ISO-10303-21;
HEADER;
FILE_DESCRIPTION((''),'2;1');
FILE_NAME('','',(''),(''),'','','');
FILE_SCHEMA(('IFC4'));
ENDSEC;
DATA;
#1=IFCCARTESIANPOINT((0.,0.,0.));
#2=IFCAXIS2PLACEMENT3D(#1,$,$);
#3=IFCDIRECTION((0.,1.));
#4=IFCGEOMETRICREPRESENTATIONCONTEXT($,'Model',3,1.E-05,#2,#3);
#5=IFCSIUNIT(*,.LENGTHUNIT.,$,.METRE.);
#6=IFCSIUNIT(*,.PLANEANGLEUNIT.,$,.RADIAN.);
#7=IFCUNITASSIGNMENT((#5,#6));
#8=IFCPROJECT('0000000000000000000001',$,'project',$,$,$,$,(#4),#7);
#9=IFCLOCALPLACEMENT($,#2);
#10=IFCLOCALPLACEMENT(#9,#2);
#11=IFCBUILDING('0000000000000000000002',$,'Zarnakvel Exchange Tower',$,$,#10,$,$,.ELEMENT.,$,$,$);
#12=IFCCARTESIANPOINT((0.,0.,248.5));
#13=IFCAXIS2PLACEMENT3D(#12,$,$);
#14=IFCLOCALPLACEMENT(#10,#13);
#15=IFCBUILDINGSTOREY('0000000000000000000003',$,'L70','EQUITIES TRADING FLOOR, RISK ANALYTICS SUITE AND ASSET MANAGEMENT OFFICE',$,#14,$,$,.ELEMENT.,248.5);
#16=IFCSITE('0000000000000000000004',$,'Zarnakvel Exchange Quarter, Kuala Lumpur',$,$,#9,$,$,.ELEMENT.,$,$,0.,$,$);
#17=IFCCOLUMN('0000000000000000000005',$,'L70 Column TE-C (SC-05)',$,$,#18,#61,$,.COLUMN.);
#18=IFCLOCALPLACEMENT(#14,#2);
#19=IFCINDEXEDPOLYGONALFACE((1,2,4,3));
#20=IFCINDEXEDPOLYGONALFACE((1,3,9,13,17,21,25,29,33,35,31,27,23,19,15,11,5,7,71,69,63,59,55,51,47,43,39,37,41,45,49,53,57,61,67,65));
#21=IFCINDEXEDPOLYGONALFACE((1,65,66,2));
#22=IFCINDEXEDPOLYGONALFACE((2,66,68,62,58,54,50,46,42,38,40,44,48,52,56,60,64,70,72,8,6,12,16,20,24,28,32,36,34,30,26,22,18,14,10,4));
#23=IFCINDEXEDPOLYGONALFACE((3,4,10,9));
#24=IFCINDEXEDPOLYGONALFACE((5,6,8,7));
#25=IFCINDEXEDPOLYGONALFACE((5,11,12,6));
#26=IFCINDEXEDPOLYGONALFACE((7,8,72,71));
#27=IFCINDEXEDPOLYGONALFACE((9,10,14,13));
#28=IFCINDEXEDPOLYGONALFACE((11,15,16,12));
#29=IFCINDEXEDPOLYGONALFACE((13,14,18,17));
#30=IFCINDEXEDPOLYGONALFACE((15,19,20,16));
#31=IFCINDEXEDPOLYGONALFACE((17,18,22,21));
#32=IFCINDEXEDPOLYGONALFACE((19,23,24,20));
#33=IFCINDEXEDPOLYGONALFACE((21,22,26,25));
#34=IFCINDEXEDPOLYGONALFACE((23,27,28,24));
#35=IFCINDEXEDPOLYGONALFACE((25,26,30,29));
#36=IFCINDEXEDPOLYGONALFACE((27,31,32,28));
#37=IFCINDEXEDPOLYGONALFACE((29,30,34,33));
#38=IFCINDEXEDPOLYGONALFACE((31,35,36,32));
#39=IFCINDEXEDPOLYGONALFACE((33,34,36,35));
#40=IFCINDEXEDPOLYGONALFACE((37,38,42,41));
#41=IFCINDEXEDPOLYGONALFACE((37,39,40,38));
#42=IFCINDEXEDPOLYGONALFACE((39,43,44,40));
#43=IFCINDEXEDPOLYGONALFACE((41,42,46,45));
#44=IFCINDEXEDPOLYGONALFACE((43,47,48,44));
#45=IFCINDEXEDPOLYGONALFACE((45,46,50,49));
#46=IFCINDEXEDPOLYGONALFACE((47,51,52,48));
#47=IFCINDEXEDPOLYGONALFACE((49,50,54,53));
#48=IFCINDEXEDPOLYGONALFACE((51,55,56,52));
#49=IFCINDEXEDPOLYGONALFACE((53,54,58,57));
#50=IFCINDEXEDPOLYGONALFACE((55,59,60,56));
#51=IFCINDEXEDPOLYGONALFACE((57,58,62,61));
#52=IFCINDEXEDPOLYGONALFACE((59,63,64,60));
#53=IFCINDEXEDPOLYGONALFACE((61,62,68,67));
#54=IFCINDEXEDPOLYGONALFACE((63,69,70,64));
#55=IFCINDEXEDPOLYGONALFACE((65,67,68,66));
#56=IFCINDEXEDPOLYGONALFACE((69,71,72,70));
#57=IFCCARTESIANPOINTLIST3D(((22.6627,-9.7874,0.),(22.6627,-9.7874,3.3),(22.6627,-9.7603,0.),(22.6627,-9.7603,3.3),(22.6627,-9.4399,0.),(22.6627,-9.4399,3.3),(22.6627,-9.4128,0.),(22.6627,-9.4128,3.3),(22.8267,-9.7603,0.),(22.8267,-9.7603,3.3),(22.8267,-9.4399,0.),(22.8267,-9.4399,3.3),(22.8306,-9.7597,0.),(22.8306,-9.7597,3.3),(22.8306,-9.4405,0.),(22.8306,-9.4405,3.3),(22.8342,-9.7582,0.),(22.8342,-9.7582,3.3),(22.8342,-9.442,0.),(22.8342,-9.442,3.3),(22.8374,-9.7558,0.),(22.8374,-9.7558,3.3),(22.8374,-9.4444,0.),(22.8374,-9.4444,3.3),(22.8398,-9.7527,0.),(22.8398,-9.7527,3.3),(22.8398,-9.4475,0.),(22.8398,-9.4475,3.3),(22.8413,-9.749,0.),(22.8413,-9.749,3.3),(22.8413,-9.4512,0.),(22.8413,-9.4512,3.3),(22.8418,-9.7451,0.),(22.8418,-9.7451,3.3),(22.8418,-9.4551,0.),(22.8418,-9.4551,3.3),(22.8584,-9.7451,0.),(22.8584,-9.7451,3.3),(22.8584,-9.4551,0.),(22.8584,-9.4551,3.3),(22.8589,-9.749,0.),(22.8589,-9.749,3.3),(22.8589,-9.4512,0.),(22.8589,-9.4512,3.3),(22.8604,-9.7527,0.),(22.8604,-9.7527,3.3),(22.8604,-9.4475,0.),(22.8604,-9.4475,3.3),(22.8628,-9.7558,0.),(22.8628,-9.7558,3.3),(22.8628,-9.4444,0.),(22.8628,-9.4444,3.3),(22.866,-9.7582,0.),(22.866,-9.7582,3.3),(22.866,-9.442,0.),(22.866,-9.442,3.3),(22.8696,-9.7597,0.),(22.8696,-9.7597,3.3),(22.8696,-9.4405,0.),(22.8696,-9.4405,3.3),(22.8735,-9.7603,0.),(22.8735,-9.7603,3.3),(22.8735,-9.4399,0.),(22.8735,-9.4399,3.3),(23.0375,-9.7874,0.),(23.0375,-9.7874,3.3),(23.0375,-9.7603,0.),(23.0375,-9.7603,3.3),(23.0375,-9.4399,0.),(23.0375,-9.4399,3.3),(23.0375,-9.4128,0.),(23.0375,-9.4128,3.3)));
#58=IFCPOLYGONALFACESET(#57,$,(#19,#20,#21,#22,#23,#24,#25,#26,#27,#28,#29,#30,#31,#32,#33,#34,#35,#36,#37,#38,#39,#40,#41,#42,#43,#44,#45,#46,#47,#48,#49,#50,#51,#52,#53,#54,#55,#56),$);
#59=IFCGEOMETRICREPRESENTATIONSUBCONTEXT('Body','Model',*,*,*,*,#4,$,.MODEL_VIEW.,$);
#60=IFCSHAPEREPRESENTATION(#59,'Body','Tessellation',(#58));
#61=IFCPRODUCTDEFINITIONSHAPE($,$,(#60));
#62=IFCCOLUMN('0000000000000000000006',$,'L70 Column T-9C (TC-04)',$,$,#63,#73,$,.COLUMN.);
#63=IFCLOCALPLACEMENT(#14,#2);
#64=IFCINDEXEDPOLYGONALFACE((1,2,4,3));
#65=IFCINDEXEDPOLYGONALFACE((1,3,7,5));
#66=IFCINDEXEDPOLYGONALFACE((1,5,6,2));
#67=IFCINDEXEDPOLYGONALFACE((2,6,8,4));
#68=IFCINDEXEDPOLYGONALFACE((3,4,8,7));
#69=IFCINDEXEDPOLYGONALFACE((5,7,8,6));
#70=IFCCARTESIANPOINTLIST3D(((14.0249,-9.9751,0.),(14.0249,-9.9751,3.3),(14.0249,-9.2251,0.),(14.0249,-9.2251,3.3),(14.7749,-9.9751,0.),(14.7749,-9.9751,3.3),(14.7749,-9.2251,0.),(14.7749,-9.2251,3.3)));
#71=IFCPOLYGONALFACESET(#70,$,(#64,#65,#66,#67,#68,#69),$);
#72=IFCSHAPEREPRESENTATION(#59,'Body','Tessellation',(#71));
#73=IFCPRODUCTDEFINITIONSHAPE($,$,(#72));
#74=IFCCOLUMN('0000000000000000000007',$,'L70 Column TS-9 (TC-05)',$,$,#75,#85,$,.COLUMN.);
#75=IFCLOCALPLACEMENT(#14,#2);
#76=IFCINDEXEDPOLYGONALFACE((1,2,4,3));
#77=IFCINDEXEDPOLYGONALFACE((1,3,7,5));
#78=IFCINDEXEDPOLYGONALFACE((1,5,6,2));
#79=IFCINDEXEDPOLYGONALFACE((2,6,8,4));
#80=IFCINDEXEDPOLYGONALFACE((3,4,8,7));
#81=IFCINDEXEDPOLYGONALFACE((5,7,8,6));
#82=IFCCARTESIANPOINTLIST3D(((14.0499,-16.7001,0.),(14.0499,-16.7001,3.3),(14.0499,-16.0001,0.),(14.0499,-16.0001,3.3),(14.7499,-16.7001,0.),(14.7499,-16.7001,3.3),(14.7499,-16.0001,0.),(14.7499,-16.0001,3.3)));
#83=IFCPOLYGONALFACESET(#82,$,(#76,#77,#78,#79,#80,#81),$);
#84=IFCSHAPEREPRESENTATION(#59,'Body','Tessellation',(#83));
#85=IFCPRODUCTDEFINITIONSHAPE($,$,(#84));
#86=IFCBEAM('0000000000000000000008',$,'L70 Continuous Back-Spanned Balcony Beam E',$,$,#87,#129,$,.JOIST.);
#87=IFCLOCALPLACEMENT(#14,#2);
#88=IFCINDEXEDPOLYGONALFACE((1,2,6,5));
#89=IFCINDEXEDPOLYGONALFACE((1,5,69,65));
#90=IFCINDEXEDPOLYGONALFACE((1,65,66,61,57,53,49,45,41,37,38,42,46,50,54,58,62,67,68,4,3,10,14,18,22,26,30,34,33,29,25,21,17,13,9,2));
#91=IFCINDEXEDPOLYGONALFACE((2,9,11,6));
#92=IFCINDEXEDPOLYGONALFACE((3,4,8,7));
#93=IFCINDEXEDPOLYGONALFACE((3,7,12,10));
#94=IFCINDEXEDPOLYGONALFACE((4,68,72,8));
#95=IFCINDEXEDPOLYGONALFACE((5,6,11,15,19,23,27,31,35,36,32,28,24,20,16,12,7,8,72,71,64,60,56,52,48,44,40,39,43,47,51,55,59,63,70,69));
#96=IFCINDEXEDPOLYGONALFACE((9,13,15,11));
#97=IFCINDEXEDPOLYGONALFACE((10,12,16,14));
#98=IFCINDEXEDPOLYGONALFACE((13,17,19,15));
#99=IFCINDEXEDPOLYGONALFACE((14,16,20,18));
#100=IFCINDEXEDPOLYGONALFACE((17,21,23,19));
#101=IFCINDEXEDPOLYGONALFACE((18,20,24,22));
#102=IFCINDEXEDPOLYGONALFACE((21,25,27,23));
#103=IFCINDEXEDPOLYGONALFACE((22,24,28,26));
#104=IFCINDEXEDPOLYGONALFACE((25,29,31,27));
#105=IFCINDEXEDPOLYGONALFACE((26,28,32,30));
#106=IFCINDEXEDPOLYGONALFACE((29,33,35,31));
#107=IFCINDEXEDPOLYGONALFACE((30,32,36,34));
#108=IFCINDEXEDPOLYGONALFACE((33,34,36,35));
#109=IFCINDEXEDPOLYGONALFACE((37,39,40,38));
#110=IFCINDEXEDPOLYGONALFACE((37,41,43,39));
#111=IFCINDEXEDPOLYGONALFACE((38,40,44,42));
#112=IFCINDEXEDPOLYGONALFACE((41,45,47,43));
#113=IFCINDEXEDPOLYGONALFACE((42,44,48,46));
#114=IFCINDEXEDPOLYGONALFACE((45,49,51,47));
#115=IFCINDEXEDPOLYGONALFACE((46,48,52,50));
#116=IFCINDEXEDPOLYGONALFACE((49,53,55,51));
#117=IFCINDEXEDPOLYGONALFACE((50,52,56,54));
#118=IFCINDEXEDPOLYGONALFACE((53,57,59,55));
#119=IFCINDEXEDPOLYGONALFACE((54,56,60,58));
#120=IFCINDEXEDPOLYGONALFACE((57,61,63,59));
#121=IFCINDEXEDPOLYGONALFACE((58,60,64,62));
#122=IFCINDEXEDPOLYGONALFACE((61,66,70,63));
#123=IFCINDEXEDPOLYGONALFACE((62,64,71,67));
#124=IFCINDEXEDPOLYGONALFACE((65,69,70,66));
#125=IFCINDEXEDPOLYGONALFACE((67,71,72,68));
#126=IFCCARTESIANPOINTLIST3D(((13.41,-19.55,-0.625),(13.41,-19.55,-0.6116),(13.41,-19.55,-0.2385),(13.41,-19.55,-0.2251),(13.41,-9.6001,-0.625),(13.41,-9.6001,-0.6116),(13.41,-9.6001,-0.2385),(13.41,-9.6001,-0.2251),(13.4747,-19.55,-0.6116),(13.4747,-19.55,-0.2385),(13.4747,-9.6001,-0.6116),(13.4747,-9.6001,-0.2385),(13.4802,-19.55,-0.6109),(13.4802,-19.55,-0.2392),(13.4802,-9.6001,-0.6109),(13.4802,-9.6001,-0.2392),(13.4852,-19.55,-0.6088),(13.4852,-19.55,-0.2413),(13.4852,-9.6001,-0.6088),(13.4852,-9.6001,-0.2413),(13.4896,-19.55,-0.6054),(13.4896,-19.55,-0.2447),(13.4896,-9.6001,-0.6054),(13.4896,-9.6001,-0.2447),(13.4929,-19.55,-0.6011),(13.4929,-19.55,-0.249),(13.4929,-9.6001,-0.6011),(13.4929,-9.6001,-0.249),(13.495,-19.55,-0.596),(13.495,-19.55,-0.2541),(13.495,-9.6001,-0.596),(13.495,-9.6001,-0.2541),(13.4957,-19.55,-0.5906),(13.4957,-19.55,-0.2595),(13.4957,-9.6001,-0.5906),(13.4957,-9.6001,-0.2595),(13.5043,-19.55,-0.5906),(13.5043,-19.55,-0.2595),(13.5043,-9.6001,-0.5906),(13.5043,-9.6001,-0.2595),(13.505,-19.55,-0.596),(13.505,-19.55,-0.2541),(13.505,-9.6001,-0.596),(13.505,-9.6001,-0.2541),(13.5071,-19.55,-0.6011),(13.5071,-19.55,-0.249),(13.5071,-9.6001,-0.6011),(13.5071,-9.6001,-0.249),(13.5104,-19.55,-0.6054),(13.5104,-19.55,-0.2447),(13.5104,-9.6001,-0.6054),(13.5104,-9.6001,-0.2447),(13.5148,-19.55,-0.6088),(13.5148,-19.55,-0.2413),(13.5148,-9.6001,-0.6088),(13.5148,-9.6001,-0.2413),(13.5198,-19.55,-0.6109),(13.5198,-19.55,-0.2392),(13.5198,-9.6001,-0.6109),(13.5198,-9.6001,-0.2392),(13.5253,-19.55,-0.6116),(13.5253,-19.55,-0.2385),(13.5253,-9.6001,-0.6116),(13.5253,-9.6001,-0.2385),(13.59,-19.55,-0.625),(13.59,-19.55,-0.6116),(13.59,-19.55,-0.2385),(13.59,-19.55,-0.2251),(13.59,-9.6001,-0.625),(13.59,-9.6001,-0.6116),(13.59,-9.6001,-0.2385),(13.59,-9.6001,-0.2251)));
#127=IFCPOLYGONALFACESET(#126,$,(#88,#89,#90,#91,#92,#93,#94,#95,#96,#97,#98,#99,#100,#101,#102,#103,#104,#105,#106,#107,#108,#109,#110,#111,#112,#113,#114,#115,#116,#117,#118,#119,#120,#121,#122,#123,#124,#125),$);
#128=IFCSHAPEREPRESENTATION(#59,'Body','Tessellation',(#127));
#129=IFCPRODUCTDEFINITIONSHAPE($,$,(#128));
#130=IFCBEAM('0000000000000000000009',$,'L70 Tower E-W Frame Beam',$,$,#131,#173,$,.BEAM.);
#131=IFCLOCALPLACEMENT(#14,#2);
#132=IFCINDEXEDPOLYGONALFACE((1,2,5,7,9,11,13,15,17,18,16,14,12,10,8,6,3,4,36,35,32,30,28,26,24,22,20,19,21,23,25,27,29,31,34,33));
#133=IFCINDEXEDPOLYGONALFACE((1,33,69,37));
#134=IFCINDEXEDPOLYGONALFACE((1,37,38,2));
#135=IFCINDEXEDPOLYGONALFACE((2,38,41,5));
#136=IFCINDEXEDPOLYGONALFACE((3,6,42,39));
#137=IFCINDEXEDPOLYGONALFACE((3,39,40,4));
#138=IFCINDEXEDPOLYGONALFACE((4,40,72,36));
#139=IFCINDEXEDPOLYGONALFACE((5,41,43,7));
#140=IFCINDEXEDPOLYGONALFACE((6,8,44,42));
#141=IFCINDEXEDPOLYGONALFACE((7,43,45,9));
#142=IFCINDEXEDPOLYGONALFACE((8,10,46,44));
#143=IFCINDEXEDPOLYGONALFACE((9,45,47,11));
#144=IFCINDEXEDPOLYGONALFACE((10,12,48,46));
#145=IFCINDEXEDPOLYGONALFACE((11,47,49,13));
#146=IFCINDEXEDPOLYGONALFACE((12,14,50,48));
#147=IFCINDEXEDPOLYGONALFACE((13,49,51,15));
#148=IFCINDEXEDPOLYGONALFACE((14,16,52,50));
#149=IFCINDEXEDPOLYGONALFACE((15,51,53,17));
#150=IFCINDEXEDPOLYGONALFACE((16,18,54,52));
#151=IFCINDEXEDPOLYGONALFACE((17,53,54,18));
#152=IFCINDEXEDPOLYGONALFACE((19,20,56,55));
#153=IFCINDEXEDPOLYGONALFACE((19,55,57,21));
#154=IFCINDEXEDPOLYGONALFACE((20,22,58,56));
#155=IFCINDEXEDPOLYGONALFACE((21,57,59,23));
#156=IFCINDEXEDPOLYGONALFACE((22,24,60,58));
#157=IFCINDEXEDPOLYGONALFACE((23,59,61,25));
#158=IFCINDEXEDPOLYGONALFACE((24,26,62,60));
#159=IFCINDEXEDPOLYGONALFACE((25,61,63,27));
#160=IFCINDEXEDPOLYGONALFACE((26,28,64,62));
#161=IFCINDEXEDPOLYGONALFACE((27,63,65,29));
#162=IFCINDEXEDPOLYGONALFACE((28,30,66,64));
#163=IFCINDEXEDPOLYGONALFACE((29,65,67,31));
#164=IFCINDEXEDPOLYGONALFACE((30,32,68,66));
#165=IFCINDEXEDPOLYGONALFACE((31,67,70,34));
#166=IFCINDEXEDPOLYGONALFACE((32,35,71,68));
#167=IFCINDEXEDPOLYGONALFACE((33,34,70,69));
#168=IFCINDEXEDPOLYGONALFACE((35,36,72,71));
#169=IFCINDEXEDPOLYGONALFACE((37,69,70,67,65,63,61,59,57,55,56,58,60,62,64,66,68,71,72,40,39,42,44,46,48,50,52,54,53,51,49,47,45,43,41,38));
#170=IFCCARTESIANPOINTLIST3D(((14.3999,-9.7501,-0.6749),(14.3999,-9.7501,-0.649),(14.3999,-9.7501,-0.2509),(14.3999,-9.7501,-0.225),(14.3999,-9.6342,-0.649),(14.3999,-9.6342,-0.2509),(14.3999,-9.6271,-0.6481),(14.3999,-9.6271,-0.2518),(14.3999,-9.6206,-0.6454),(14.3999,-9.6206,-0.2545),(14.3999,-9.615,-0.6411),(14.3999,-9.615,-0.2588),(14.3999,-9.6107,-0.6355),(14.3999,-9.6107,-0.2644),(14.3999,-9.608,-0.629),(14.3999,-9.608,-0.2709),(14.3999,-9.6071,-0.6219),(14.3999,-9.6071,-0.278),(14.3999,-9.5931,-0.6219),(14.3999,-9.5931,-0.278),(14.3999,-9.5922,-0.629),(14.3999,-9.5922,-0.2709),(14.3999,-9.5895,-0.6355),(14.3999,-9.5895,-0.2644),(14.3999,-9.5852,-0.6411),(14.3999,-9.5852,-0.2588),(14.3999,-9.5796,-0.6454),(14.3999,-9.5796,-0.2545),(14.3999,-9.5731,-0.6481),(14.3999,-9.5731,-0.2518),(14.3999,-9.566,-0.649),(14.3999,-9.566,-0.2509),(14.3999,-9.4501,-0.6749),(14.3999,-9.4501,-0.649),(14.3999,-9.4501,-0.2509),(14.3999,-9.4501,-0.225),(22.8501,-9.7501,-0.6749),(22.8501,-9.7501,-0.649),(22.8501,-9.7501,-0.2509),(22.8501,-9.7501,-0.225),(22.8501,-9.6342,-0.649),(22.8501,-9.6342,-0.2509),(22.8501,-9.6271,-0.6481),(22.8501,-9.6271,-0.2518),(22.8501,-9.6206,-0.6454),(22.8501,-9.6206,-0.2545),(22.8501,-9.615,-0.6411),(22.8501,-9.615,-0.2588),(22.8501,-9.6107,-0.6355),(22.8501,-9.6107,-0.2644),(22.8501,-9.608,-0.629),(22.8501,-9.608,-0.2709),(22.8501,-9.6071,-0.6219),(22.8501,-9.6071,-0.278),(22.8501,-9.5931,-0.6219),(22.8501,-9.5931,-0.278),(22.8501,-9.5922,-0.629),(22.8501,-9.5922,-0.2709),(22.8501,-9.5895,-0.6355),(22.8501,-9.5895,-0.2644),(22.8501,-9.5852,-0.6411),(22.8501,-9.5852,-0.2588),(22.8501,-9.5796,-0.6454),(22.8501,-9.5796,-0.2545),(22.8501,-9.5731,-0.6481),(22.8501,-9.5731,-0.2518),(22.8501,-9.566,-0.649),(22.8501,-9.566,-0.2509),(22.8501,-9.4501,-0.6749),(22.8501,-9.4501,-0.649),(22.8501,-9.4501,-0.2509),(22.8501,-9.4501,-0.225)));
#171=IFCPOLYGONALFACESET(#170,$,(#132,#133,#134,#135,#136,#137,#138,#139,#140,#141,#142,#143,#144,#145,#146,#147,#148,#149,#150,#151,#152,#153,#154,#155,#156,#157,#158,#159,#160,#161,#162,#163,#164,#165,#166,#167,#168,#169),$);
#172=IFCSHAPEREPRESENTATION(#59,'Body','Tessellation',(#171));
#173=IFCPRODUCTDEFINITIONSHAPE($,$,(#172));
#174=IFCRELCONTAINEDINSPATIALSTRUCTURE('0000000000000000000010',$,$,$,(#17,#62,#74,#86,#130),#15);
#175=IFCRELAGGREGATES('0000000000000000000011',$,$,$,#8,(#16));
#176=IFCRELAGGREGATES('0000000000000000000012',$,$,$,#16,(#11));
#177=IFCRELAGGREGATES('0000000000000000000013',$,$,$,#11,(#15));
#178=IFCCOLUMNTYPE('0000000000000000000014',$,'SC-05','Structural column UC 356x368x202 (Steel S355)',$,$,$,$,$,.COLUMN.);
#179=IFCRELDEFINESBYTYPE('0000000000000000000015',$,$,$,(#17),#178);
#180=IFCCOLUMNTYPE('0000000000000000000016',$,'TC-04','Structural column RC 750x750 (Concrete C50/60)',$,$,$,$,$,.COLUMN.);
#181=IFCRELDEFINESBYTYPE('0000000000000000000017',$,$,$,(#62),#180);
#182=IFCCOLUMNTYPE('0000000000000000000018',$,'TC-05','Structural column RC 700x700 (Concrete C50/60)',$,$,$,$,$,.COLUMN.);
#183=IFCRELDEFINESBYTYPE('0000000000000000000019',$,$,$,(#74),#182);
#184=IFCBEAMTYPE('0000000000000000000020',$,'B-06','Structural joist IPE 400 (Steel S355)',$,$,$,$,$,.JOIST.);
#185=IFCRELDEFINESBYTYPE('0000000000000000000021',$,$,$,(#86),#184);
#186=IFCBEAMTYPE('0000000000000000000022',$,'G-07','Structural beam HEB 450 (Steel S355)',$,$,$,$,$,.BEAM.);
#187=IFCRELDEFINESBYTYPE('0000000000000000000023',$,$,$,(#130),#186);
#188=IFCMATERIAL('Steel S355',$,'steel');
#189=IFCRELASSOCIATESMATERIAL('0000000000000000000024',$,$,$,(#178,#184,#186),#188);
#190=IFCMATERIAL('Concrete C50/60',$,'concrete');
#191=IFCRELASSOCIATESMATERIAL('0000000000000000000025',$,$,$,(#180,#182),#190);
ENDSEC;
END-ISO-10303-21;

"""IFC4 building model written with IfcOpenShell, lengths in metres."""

from ifc_helpers import new_model, si_unit, direction, frame, origin, origin_2d, place, context, subcontext, project, spatial, rectangle, i_section, extrude, material, material_profile, profile_set, type_object, element, save


model = new_model("IFC4")

# Units and contexts
model_context = context("Model", 3, precision=1e-05, world=origin(), true_north=direction((0.0, 1.0)))
body_context = subcontext(model_context, "Body", "Model", "MODEL_VIEW")
ifc_project = project(units=[si_unit("LENGTHUNIT", "METRE"), si_unit("PLANEANGLEUNIT", "RADIAN")], contexts=[model_context])

# Site, building, storey
site_placement = place(None, origin())
site = spatial("IfcSite", under=ifc_project, at=site_placement, Name="Zarnakvel Exchange Quarter, Kuala Lumpur", CompositionType="ELEMENT", RefElevation=0.0)
building_placement = place(site_placement, origin())
building = spatial("IfcBuilding", under=site, at=building_placement, Name="Zarnakvel Exchange Tower", CompositionType="ELEMENT")
storey_placement = place(building_placement, frame((0.0, 0.0, 248.5)))
storey = spatial("IfcBuildingStorey", under=building, at=storey_placement, Name="L70", Description="EQUITIES TRADING FLOOR, RISK ANALYTICS SUITE AND ASSET MANAGEMENT OFFICE", CompositionType="ELEMENT", Elevation=248.5)

# Columns
ifc_material_1 = material(Name="Steel S355", Category="steel")
ifc_material_profile_1 = material_profile(ifc_material_1, i_section(OverallWidth=0.3748, OverallDepth=0.3745, WebThickness=0.0166, FlangeThickness=0.0271, FilletRadius=0.0151, at=origin_2d()))
ifc_profile_set_1 = profile_set([ifc_material_profile_1], Name="Steel S355")
column_type_1 = type_object("IfcColumnType", Name="SC-05", Description="Structural column UC 356x368x202 (Steel S355)", PredefinedType="COLUMN", material=ifc_profile_set_1)
column_1_placement = place(storey_placement, frame((22.8501, -9.6001, 0.0), z_axis=(0.0, 0.0, 1.0), x_axis=(1.0, 0.0, 0.0)))
element("IfcColumn", 1, at=column_1_placement, inside=storey, type_object=column_type_1, Name="L70 Column TE-C (SC-05)", PredefinedType="COLUMN", context=body_context, shape_type="SweptSolid", body=[
    extrude(i_section(OverallWidth=0.3748, OverallDepth=0.3745, WebThickness=0.0166, FlangeThickness=0.0271, FilletRadius=0.0151, at=origin_2d()), origin(), (0.0, 0.0, 1.0), 3.3),
])
ifc_material_2 = material(Name="Concrete C50/60", Category="concrete")
ifc_material_profile_2 = material_profile(ifc_material_2, rectangle(XDim=0.75, YDim=0.75, at=origin_2d()))
ifc_profile_set_2 = profile_set([ifc_material_profile_2], Name="Concrete C50/60")
column_type_2 = type_object("IfcColumnType", Name="TC-04", Description="Structural column RC 750x750 (Concrete C50/60)", PredefinedType="COLUMN", material=ifc_profile_set_2)
column_2_placement = place(storey_placement, frame((14.3999, -9.6001, 0.0), z_axis=(0.0, 0.0, 1.0), x_axis=(1.0, 0.0, 0.0)))
element("IfcColumn", 2, at=column_2_placement, inside=storey, type_object=column_type_2, Name="L70 Column T-9C (TC-04)", PredefinedType="COLUMN", context=body_context, shape_type="SweptSolid", body=[
    extrude(rectangle(XDim=0.75, YDim=0.75, at=origin_2d()), origin(), (0.0, 0.0, 1.0), 3.3),
])
ifc_material_profile_3 = material_profile(ifc_material_2, rectangle(XDim=0.7, YDim=0.7, at=origin_2d()))
ifc_profile_set_3 = profile_set([ifc_material_profile_3], Name="Concrete C50/60")
column_type_3 = type_object("IfcColumnType", Name="TC-05", Description="Structural column RC 700x700 (Concrete C50/60)", PredefinedType="COLUMN", material=ifc_profile_set_3)
column_3_placement = place(storey_placement, frame((14.3999, -16.3501, 0.0), z_axis=(0.0, 0.0, 1.0), x_axis=(1.0, 0.0, 0.0)))
element("IfcColumn", 3, at=column_3_placement, inside=storey, type_object=column_type_3, Name="L70 Column TS-9 (TC-05)", PredefinedType="COLUMN", context=body_context, shape_type="SweptSolid", body=[
    extrude(rectangle(XDim=0.7, YDim=0.7, at=origin_2d()), origin(), (0.0, 0.0, 1.0), 3.3),
])

# Beams
ifc_material_profile_4 = material_profile(ifc_material_1, i_section(OverallWidth=0.1799, OverallDepth=0.3999, WebThickness=0.0085, FlangeThickness=0.0134, FilletRadius=0.021, at=origin_2d()))
ifc_profile_set_4 = profile_set([ifc_material_profile_4], Name="Steel S355")
beam_type_1 = type_object("IfcBeamType", Name="B-06", Description="Structural joist IPE 400 (Steel S355)", PredefinedType="JOIST", material=ifc_profile_set_4)
beam_1_placement = place(storey_placement, frame((13.5, -9.6001, -0.425), z_axis=(0.0, -1.0, 0.0), x_axis=(1.0, 0.0, 0.0)))
element("IfcBeam", 4, at=beam_1_placement, inside=storey, type_object=beam_type_1, Name="L70 Continuous Back-Spanned Balcony Beam E", PredefinedType="JOIST", context=body_context, shape_type="SweptSolid", body=[
    extrude(i_section(OverallWidth=0.1799, OverallDepth=0.3999, WebThickness=0.0085, FlangeThickness=0.0134, FilletRadius=0.021, at=origin_2d()), origin(), (0.0, 0.0, 1.0), 9.95),
])
ifc_material_profile_5 = material_profile(ifc_material_1, i_section(OverallWidth=0.3, OverallDepth=0.45, WebThickness=0.0139, FlangeThickness=0.0259, FilletRadius=0.0271, at=origin_2d()))
ifc_profile_set_5 = profile_set([ifc_material_profile_5], Name="Steel S355")
beam_type_2 = type_object("IfcBeamType", Name="G-07", Description="Structural beam HEB 450 (Steel S355)", PredefinedType="BEAM", material=ifc_profile_set_5)
beam_2_placement = place(storey_placement, frame((14.3999, -9.6001, -0.45), z_axis=(1.0, 0.0, 0.0), x_axis=(0.0, 1.0, 0.0)))
element("IfcBeam", 5, at=beam_2_placement, inside=storey, type_object=beam_type_2, Name="L70 Tower E-W Frame Beam", PredefinedType="BEAM", context=body_context, shape_type="SweptSolid", body=[
    extrude(i_section(OverallWidth=0.3, OverallDepth=0.45, WebThickness=0.0139, FlangeThickness=0.0259, FilletRadius=0.0271, at=origin_2d()), origin(), (0.0, 0.0, 1.0), 8.4502),
])

save(model, "model.ifc")
